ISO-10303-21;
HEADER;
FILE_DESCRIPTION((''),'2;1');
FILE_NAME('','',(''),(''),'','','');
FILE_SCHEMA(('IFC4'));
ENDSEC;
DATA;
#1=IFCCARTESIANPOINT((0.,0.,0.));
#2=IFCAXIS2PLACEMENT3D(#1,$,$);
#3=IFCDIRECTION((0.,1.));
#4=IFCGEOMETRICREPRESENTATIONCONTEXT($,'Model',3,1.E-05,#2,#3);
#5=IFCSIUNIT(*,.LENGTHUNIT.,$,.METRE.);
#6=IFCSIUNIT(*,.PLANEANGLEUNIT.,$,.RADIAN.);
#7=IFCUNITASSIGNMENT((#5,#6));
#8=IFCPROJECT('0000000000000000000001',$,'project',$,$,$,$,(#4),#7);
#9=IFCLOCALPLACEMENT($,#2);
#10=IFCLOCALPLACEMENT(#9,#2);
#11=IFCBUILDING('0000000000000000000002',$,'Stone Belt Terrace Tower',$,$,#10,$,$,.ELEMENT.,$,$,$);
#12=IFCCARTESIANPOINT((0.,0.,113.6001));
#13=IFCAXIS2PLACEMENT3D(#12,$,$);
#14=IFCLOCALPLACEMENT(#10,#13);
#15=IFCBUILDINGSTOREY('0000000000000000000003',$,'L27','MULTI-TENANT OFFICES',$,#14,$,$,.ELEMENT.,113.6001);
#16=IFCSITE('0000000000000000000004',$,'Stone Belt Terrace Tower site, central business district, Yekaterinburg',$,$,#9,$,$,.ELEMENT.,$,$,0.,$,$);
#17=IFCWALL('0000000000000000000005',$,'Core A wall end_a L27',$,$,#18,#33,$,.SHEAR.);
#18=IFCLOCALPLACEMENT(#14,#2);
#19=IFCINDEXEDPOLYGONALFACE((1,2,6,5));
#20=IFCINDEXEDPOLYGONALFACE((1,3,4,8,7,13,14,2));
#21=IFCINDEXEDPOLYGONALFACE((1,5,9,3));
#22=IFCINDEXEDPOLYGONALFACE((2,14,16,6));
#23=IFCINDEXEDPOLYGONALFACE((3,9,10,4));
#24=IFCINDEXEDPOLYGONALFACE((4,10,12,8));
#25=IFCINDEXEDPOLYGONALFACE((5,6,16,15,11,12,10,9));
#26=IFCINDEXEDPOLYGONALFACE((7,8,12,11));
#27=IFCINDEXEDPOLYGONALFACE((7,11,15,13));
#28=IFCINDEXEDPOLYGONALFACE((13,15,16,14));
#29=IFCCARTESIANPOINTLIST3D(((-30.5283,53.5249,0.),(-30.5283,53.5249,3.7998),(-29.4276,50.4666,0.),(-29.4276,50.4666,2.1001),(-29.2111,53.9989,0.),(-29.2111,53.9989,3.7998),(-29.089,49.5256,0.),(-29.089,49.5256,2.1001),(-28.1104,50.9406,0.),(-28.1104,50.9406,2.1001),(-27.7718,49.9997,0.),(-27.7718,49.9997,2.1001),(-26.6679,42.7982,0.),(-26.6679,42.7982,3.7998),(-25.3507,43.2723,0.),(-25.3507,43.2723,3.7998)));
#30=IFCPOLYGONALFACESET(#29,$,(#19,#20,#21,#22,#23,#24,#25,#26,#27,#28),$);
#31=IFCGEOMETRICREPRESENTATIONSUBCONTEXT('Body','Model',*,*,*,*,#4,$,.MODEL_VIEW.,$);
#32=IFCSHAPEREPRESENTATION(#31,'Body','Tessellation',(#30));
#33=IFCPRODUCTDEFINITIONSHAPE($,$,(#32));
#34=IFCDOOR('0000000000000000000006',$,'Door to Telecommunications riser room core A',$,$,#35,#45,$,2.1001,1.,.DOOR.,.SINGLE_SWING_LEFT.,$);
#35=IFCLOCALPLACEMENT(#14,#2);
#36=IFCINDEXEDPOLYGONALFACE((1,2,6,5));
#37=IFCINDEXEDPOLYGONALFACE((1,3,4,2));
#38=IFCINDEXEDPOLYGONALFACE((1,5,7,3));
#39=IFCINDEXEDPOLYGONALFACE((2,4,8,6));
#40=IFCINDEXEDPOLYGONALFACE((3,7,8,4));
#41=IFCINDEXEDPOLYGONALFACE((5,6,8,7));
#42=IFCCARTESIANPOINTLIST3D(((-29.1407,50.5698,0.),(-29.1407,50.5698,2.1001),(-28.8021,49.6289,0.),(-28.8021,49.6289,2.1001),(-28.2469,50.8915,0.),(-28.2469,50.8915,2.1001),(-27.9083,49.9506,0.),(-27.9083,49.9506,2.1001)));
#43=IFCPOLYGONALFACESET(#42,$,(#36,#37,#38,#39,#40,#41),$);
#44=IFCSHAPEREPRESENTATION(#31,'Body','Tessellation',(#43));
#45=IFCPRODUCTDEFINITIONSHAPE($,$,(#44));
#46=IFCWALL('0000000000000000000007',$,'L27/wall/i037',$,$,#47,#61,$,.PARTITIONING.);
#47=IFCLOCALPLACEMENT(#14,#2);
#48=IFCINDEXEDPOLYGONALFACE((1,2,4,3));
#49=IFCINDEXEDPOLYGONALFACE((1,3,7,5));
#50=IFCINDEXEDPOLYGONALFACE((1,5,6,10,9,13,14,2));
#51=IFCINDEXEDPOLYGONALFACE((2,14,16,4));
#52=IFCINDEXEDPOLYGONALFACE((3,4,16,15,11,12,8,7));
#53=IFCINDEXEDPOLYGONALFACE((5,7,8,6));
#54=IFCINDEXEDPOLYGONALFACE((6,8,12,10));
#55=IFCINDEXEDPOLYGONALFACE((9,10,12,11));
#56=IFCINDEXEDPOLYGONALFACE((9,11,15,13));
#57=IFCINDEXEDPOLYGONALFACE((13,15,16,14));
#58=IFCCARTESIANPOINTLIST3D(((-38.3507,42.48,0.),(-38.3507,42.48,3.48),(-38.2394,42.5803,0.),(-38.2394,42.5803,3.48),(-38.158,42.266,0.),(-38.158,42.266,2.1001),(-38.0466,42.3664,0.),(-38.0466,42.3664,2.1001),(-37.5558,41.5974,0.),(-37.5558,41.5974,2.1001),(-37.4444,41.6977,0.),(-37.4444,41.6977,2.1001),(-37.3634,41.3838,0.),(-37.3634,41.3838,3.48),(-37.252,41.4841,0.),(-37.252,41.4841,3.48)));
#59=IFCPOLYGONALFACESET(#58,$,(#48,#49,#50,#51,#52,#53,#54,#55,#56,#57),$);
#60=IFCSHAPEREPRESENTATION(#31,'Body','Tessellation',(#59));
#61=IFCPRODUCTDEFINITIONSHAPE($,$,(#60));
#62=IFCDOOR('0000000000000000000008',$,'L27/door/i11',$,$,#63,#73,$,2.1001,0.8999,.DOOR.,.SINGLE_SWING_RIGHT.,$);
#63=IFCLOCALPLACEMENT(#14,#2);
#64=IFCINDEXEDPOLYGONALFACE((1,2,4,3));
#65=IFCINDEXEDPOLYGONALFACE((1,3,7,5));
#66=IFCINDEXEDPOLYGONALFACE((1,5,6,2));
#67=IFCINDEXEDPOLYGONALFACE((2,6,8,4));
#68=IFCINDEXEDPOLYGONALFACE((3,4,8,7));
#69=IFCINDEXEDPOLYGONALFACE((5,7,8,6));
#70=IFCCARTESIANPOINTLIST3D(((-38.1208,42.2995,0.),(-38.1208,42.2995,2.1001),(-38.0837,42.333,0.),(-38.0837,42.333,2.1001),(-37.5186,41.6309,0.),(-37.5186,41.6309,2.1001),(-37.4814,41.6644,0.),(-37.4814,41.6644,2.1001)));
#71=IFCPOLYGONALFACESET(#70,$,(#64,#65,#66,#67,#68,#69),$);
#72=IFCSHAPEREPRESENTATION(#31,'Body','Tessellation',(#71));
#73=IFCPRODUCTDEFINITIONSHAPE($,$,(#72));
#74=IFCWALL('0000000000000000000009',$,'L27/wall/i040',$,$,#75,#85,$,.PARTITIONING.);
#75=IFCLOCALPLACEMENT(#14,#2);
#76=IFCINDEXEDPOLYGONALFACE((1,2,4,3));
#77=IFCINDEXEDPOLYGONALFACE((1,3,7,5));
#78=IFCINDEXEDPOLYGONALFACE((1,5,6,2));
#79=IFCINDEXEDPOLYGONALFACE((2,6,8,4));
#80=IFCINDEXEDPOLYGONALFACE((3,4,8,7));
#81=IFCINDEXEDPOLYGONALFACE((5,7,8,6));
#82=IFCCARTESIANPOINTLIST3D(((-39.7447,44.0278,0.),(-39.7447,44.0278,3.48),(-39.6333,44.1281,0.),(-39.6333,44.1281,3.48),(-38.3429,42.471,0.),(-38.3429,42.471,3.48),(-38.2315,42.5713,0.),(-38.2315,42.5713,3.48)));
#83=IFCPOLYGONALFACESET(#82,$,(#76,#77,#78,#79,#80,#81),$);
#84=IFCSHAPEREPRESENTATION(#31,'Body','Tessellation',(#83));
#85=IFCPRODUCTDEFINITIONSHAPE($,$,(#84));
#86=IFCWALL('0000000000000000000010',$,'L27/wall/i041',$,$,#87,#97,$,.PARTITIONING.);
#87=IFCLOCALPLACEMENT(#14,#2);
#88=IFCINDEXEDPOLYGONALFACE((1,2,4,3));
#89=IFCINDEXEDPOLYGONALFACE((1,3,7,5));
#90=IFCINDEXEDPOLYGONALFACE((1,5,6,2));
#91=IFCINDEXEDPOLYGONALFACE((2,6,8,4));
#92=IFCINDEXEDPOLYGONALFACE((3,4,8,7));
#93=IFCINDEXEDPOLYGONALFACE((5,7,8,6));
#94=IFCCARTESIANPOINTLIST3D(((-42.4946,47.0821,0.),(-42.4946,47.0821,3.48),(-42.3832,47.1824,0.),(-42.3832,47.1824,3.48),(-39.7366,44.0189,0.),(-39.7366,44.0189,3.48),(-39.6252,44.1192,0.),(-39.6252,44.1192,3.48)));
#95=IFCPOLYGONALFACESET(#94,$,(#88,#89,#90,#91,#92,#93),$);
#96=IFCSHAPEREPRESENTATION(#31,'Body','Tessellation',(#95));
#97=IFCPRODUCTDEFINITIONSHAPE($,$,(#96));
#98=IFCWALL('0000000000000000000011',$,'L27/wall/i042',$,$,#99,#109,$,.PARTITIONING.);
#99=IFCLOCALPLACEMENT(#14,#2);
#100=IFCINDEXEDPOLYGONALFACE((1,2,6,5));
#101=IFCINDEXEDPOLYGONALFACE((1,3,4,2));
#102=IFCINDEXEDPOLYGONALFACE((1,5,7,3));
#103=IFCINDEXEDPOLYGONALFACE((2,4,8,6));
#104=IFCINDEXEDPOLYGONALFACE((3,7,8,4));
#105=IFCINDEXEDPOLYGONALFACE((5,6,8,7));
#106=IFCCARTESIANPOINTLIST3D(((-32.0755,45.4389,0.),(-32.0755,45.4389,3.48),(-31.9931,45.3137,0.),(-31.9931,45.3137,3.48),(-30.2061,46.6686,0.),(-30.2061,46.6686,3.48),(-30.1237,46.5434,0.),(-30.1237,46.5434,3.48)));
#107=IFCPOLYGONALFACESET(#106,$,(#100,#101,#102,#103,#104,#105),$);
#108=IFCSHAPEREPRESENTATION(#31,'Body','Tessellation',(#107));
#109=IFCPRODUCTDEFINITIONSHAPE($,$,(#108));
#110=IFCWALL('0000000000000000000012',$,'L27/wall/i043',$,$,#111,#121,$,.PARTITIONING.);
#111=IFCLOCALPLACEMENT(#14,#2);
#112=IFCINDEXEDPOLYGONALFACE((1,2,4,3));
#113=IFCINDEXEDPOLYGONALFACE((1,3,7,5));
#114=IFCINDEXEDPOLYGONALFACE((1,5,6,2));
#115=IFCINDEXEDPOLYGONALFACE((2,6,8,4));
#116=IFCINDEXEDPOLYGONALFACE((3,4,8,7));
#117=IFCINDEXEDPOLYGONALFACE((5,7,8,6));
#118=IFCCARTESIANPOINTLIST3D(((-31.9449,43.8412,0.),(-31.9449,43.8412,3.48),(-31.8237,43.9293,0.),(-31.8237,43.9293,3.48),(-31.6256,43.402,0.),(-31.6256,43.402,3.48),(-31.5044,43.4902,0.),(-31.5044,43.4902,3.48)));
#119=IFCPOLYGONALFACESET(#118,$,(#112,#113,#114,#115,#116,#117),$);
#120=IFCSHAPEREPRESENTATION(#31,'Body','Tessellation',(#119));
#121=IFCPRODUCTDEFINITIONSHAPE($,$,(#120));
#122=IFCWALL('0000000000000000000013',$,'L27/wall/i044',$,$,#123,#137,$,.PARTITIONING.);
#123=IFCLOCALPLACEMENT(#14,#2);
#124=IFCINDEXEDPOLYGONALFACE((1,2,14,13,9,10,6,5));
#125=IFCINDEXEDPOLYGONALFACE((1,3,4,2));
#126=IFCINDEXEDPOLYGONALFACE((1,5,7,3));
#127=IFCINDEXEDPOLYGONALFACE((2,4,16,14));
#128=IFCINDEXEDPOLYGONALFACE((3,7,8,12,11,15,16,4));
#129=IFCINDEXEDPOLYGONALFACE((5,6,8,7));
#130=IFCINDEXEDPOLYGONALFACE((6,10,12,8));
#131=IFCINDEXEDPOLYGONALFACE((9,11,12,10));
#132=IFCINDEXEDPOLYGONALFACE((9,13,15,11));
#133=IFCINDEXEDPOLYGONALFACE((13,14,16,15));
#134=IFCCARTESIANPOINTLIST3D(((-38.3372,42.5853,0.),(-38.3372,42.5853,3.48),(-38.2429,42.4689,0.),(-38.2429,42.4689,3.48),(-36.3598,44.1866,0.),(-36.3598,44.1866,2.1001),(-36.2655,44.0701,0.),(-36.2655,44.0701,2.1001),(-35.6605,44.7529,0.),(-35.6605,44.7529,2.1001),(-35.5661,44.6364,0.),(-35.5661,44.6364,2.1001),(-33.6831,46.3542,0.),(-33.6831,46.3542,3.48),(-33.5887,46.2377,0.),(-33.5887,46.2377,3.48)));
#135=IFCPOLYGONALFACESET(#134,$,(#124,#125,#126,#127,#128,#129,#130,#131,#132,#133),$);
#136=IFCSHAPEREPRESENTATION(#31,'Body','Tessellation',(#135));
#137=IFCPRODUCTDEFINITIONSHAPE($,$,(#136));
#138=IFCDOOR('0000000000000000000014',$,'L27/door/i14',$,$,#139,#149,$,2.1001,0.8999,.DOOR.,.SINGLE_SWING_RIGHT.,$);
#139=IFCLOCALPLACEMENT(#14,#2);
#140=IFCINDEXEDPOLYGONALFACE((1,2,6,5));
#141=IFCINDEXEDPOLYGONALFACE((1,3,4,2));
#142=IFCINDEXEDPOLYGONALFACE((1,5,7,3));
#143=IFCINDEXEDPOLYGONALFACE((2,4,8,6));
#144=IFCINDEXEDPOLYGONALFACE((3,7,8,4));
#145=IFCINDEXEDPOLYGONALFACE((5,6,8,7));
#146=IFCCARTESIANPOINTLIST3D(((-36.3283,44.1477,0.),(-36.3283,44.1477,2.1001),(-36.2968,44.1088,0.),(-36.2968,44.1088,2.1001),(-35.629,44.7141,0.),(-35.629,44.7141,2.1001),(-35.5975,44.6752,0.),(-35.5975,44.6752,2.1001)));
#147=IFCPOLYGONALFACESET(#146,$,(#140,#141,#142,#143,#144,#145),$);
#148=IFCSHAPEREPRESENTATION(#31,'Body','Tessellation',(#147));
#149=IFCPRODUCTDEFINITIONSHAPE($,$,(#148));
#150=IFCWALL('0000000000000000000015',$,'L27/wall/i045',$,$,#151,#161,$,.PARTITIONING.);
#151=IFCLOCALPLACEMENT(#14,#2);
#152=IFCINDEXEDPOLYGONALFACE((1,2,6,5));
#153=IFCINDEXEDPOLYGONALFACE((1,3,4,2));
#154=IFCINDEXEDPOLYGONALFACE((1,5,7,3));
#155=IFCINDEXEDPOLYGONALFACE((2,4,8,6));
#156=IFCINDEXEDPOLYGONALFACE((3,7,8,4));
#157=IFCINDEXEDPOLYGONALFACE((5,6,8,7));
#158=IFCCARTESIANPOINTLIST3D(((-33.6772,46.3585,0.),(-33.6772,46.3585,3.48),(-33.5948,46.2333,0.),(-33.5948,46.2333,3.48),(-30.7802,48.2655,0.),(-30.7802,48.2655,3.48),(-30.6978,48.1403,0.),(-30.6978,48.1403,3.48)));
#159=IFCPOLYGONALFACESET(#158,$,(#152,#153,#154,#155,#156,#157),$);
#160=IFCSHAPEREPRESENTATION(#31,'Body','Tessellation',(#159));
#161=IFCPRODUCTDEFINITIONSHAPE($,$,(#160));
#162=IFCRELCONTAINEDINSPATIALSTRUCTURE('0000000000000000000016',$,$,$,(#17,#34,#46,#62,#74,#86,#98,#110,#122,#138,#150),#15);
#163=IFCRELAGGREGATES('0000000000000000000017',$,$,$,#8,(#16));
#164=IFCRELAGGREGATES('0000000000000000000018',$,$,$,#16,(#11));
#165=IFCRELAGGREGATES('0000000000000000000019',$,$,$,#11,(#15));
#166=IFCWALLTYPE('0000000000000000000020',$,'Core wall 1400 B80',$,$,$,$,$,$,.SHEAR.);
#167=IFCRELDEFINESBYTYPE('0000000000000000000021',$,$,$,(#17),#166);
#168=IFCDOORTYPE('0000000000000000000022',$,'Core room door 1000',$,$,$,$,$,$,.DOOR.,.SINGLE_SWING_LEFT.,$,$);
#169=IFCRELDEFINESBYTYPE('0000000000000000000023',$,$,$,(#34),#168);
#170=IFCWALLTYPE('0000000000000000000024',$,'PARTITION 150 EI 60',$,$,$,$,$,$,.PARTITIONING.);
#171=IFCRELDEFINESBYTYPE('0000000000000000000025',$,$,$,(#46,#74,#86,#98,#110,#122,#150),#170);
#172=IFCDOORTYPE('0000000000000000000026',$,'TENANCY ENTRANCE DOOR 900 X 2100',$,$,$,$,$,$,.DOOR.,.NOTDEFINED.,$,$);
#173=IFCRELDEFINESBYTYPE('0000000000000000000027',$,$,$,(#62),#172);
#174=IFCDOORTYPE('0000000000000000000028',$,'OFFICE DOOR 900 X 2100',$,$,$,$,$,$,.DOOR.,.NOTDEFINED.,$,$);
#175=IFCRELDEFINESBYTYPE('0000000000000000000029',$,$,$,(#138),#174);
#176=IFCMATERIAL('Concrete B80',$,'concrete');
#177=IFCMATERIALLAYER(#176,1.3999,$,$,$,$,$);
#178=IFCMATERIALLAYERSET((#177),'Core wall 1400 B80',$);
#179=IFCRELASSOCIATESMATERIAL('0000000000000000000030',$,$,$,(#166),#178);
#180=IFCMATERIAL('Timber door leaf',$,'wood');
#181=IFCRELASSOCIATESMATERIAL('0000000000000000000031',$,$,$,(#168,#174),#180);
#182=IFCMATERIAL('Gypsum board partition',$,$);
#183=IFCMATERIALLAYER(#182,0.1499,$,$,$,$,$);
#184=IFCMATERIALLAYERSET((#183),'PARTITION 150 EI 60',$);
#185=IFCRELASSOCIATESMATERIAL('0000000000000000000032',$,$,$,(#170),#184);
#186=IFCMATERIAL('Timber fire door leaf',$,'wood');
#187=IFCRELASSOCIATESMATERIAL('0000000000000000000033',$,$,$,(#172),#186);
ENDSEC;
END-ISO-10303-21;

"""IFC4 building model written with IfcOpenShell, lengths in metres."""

from ifc_helpers import new_model, si_unit, direction, frame, frame_2d, origin, place, context, subcontext, project, spatial, rectangle, extrude, material, layer, layer_set, type_object, element, fill, save


model = new_model("IFC4")

# Units and contexts
model_context = context("Model", 3, precision=1e-05, world=origin(), true_north=direction((0.0, 1.0)))
body_context = subcontext(model_context, "Body", "Model", "MODEL_VIEW")
ifc_project = project(units=[si_unit("LENGTHUNIT", "METRE"), si_unit("PLANEANGLEUNIT", "RADIAN")], contexts=[model_context])

# Site, building, storey
site_placement = place(None, origin())
site = spatial("IfcSite", under=ifc_project, at=site_placement, Name="Stone Belt Terrace Tower site, central business district, Yekaterinburg", CompositionType="ELEMENT", RefElevation=0.0)
building_placement = place(site_placement, origin())
building = spatial("IfcBuilding", under=site, at=building_placement, Name="Stone Belt Terrace Tower", CompositionType="ELEMENT")
storey_placement = place(building_placement, frame((0.0, 0.0, 113.6001)))
storey = spatial("IfcBuildingStorey", under=building, at=storey_placement, Name="L27", Description="MULTI-TENANT OFFICES", CompositionType="ELEMENT", Elevation=113.6001)

# Shared definitions
ifc_material_1 = material(Name="Concrete B80", Category="concrete")

# Shared definitions
ifc_layer_1 = layer(ifc_material_1, 1.3999)
ifc_layer_set_1 = layer_set([ifc_layer_1], Name="Core wall 1400 B80")
wall_type_1 = type_object("IfcWallType", Name="Core wall 1400 B80", PredefinedType="SHEAR", material=ifc_layer_set_1)
ifc_material_2 = material(Name="Timber door leaf", Category="wood")

# Walls, openings, doors
wall_1_placement = place(storey_placement, frame((-26.0093, 43.0352, 0.0), z_axis=(0.0, 0.0, 1.0), x_axis=(-0.338625, 0.940921, 0.0)))
wall_1 = element("IfcWall", 1, at=wall_1_placement, inside=storey, type_object=wall_type_1, Name="Core A wall end_a L27", PredefinedType="SHEAR", context=body_context, shape_type="SweptSolid", body=[
    extrude(rectangle(XDim=11.4001, YDim=1.3999, at=frame_2d((5.7002, 0.0))), origin(), (0.0, 0.0, 1.0), 3.7998),
])
opening_1_placement = place(wall_1_placement, frame((7.1499, 0.0, 0.0)))
opening_1 = element("IfcOpeningElement", 2, at=opening_1_placement, cuts=wall_1, PredefinedType="OPENING", context=body_context, shape_type="SweptSolid", body=[
    extrude(rectangle(XDim=1.0, YDim=2.1001, at=frame_2d((0.5, 1.05))), frame((0.0, 0.71, 0.0), z_axis=(0.0, -1.0, 0.0), x_axis=(1.0, 0.0, 0.0)), (0.0, 0.0, 1.0), 1.4199),
])
door_type_1 = type_object("IfcDoorType", Name="Core room door 1000", OperationType="SINGLE_SWING_LEFT", PredefinedType="DOOR", material=ifc_material_2)
door_1_placement = place(opening_1_placement, origin())
door_1 = element("IfcDoor", 3, at=door_1_placement, inside=storey, type_object=door_type_1, Name="Door to Telecommunications riser room core A", OperationType="SINGLE_SWING_LEFT", OverallHeight=2.1001, OverallWidth=1.0, PredefinedType="DOOR", context=body_context, shape_type="SweptSolid", body=[
    extrude(rectangle(XDim=1.0, YDim=2.1001, at=frame_2d((0.5, 1.05))), frame((0.0, 0.395, 0.0), z_axis=(0.0, -1.0, 0.0), x_axis=(1.0, 0.0, 0.0)), (0.0, 0.0, 1.0), 0.95),
])
fill(opening_1, door_1)
ifc_material_3 = material(Name="Gypsum board partition")
ifc_layer_2 = layer(ifc_material_3, 0.1499)
ifc_layer_set_2 = layer_set([ifc_layer_2], Name="PARTITION 150 EI 60")
wall_type_2 = type_object("IfcWallType", Name="PARTITION 150 EI 60", PredefinedType="PARTITIONING", material=ifc_layer_set_2)
wall_2_placement = place(storey_placement, frame((-37.3076, 41.4338, 0.0), z_axis=(0.0, 0.0, 1.0), x_axis=(-0.669239, 0.743047, 0.0)))
wall_2 = element("IfcWall", 4, at=wall_2_placement, inside=storey, type_object=wall_type_2, Name="L27/wall/i037", PredefinedType="PARTITIONING", context=body_context, shape_type="SweptSolid", body=[
    extrude(rectangle(XDim=1.4753, YDim=0.1499, at=frame_2d((0.7378, 0.0))), origin(), (0.0, 0.0, 1.0), 3.48),
])
opening_2_placement = place(wall_2_placement, frame((0.2876, 0.0, 0.0)))
opening_2 = element("IfcOpeningElement", 5, at=opening_2_placement, cuts=wall_2, PredefinedType="OPENING", context=body_context, shape_type="SweptSolid", body=[
    extrude(rectangle(XDim=0.8999, YDim=2.1001, at=frame_2d((0.45, 1.05))), frame((0.0, 0.085, 0.0), z_axis=(0.0, -1.0, 0.0), x_axis=(1.0, 0.0, 0.0)), (0.0, 0.0, 1.0), 0.1699),
])
ifc_material_4 = material(Name="Timber fire door leaf", Category="wood")
door_type_2 = type_object("IfcDoorType", Name="TENANCY ENTRANCE DOOR 900 X 2100", OperationType="NOTDEFINED", PredefinedType="DOOR", material=ifc_material_4)
door_2_placement = place(opening_2_placement, origin())
door_2 = element("IfcDoor", 6, at=door_2_placement, inside=storey, type_object=door_type_2, Name="L27/door/i11", OperationType="SINGLE_SWING_RIGHT", OverallHeight=2.1001, OverallWidth=0.8999, PredefinedType="DOOR", context=body_context, shape_type="SweptSolid", body=[
    extrude(rectangle(XDim=0.8999, YDim=2.1001, at=frame_2d((0.45, 1.05))), frame((0.0, 0.0249, 0.0), z_axis=(0.0, -1.0, 0.0), x_axis=(1.0, 0.0, 0.0)), (0.0, 0.0, 1.0), 0.05),
])
fill(opening_2, door_2)

# Walls
wall_3_placement = place(storey_placement, frame((-39.689, 44.0779, 0.0), z_axis=(0.0, 0.0, 1.0), x_axis=(0.669139, -0.743138, 0.0)))
element("IfcWall", 7, at=wall_3_placement, inside=storey, type_object=wall_type_2, Name="L27/wall/i040", PredefinedType="PARTITIONING", context=body_context, shape_type="SweptSolid", body=[
    extrude(rectangle(XDim=2.095, YDim=0.1499, at=frame_2d((1.0474, 0.0))), origin(), (0.0, 0.0, 1.0), 3.48),
])
wall_4_placement = place(storey_placement, frame((-42.439, 47.1323, 0.0), z_axis=(0.0, 0.0, 1.0), x_axis=(0.669119, -0.743156, 0.0)))
element("IfcWall", 8, at=wall_4_placement, inside=storey, type_object=wall_type_2, Name="L27/wall/i041", PredefinedType="PARTITIONING", context=body_context, shape_type="SweptSolid", body=[
    extrude(rectangle(XDim=4.1218, YDim=0.1499, at=frame_2d((2.061, 0.0))), origin(), (0.0, 0.0, 1.0), 3.48),
])
wall_5_placement = place(storey_placement, frame((-30.165, 46.606, 0.0), z_axis=(0.0, 0.0, 1.0), x_axis=(-0.835442, -0.549578, 0.0)))
element("IfcWall", 9, at=wall_5_placement, inside=storey, type_object=wall_type_2, Name="L27/wall/i042", PredefinedType="PARTITIONING", context=body_context, shape_type="SweptSolid", body=[
    extrude(rectangle(XDim=2.2375, YDim=0.1499, at=frame_2d((1.1187, 0.0))), origin(), (0.0, 0.0, 1.0), 3.48),
])
wall_6_placement = place(storey_placement, frame((-31.8843, 43.8853, 0.0), z_axis=(0.0, 0.0, 1.0), x_axis=(0.588065, -0.808814, 0.0)))
element("IfcWall", 10, at=wall_6_placement, inside=storey, type_object=wall_type_2, Name="L27/wall/i043", PredefinedType="PARTITIONING", context=body_context, shape_type="SweptSolid", body=[
    extrude(rectangle(XDim=0.543, YDim=0.1499, at=frame_2d((0.2715, 0.0))), origin(), (0.0, 0.0, 1.0), 3.48),
])

# Wall, opening, door
wall_7_placement = place(storey_placement, frame((-38.29, 42.5271, 0.0), z_axis=(0.0, 0.0, 1.0), x_axis=(0.777144, 0.629323, 0.0)))
wall_7 = element("IfcWall", 11, at=wall_7_placement, inside=storey, type_object=wall_type_2, Name="L27/wall/i044", PredefinedType="PARTITIONING", context=body_context, shape_type="SweptSolid", body=[
    extrude(rectangle(XDim=5.9888, YDim=0.1499, at=frame_2d((2.9944, 0.0))), origin(), (0.0, 0.0, 1.0), 3.48),
])
opening_3_placement = place(wall_7_placement, frame((2.5444, 0.0, 0.0)))
opening_3 = element("IfcOpeningElement", 12, at=opening_3_placement, cuts=wall_7, PredefinedType="OPENING", context=body_context, shape_type="SweptSolid", body=[
    extrude(rectangle(XDim=0.8999, YDim=2.1001, at=frame_2d((0.45, 1.05))), frame((0.0, 0.085, 0.0), z_axis=(0.0, -1.0, 0.0), x_axis=(1.0, 0.0, 0.0)), (0.0, 0.0, 1.0), 0.1699),
])
door_type_3 = type_object("IfcDoorType", Name="OFFICE DOOR 900 X 2100", OperationType="NOTDEFINED", PredefinedType="DOOR", material=ifc_material_2)
door_3_placement = place(opening_3_placement, origin())
door_3 = element("IfcDoor", 13, at=door_3_placement, inside=storey, type_object=door_type_3, Name="L27/door/i14", OperationType="SINGLE_SWING_RIGHT", OverallHeight=2.1001, OverallWidth=0.8999, PredefinedType="DOOR", context=body_context, shape_type="SweptSolid", body=[
    extrude(rectangle(XDim=0.8999, YDim=2.1001, at=frame_2d((0.45, 1.05))), frame((0.0, 0.0249, 0.0), z_axis=(0.0, -1.0, 0.0), x_axis=(1.0, 0.0, 0.0)), (0.0, 0.0, 1.0), 0.05),
])
fill(opening_3, door_3)

# Wall
wall_8_placement = place(storey_placement, frame((-33.636, 46.2959, 0.0), z_axis=(0.0, 0.0, 1.0), x_axis=(0.835274, 0.549834, 0.0)))
element("IfcWall", 14, at=wall_8_placement, inside=storey, type_object=wall_type_2, Name="L27/wall/i045", PredefinedType="PARTITIONING", context=body_context, shape_type="SweptSolid", body=[
    extrude(rectangle(XDim=3.4683, YDim=0.1499, at=frame_2d((1.7341, 0.0))), origin(), (0.0, 0.0, 1.0), 3.48),
])

save(model, "model.ifc")
